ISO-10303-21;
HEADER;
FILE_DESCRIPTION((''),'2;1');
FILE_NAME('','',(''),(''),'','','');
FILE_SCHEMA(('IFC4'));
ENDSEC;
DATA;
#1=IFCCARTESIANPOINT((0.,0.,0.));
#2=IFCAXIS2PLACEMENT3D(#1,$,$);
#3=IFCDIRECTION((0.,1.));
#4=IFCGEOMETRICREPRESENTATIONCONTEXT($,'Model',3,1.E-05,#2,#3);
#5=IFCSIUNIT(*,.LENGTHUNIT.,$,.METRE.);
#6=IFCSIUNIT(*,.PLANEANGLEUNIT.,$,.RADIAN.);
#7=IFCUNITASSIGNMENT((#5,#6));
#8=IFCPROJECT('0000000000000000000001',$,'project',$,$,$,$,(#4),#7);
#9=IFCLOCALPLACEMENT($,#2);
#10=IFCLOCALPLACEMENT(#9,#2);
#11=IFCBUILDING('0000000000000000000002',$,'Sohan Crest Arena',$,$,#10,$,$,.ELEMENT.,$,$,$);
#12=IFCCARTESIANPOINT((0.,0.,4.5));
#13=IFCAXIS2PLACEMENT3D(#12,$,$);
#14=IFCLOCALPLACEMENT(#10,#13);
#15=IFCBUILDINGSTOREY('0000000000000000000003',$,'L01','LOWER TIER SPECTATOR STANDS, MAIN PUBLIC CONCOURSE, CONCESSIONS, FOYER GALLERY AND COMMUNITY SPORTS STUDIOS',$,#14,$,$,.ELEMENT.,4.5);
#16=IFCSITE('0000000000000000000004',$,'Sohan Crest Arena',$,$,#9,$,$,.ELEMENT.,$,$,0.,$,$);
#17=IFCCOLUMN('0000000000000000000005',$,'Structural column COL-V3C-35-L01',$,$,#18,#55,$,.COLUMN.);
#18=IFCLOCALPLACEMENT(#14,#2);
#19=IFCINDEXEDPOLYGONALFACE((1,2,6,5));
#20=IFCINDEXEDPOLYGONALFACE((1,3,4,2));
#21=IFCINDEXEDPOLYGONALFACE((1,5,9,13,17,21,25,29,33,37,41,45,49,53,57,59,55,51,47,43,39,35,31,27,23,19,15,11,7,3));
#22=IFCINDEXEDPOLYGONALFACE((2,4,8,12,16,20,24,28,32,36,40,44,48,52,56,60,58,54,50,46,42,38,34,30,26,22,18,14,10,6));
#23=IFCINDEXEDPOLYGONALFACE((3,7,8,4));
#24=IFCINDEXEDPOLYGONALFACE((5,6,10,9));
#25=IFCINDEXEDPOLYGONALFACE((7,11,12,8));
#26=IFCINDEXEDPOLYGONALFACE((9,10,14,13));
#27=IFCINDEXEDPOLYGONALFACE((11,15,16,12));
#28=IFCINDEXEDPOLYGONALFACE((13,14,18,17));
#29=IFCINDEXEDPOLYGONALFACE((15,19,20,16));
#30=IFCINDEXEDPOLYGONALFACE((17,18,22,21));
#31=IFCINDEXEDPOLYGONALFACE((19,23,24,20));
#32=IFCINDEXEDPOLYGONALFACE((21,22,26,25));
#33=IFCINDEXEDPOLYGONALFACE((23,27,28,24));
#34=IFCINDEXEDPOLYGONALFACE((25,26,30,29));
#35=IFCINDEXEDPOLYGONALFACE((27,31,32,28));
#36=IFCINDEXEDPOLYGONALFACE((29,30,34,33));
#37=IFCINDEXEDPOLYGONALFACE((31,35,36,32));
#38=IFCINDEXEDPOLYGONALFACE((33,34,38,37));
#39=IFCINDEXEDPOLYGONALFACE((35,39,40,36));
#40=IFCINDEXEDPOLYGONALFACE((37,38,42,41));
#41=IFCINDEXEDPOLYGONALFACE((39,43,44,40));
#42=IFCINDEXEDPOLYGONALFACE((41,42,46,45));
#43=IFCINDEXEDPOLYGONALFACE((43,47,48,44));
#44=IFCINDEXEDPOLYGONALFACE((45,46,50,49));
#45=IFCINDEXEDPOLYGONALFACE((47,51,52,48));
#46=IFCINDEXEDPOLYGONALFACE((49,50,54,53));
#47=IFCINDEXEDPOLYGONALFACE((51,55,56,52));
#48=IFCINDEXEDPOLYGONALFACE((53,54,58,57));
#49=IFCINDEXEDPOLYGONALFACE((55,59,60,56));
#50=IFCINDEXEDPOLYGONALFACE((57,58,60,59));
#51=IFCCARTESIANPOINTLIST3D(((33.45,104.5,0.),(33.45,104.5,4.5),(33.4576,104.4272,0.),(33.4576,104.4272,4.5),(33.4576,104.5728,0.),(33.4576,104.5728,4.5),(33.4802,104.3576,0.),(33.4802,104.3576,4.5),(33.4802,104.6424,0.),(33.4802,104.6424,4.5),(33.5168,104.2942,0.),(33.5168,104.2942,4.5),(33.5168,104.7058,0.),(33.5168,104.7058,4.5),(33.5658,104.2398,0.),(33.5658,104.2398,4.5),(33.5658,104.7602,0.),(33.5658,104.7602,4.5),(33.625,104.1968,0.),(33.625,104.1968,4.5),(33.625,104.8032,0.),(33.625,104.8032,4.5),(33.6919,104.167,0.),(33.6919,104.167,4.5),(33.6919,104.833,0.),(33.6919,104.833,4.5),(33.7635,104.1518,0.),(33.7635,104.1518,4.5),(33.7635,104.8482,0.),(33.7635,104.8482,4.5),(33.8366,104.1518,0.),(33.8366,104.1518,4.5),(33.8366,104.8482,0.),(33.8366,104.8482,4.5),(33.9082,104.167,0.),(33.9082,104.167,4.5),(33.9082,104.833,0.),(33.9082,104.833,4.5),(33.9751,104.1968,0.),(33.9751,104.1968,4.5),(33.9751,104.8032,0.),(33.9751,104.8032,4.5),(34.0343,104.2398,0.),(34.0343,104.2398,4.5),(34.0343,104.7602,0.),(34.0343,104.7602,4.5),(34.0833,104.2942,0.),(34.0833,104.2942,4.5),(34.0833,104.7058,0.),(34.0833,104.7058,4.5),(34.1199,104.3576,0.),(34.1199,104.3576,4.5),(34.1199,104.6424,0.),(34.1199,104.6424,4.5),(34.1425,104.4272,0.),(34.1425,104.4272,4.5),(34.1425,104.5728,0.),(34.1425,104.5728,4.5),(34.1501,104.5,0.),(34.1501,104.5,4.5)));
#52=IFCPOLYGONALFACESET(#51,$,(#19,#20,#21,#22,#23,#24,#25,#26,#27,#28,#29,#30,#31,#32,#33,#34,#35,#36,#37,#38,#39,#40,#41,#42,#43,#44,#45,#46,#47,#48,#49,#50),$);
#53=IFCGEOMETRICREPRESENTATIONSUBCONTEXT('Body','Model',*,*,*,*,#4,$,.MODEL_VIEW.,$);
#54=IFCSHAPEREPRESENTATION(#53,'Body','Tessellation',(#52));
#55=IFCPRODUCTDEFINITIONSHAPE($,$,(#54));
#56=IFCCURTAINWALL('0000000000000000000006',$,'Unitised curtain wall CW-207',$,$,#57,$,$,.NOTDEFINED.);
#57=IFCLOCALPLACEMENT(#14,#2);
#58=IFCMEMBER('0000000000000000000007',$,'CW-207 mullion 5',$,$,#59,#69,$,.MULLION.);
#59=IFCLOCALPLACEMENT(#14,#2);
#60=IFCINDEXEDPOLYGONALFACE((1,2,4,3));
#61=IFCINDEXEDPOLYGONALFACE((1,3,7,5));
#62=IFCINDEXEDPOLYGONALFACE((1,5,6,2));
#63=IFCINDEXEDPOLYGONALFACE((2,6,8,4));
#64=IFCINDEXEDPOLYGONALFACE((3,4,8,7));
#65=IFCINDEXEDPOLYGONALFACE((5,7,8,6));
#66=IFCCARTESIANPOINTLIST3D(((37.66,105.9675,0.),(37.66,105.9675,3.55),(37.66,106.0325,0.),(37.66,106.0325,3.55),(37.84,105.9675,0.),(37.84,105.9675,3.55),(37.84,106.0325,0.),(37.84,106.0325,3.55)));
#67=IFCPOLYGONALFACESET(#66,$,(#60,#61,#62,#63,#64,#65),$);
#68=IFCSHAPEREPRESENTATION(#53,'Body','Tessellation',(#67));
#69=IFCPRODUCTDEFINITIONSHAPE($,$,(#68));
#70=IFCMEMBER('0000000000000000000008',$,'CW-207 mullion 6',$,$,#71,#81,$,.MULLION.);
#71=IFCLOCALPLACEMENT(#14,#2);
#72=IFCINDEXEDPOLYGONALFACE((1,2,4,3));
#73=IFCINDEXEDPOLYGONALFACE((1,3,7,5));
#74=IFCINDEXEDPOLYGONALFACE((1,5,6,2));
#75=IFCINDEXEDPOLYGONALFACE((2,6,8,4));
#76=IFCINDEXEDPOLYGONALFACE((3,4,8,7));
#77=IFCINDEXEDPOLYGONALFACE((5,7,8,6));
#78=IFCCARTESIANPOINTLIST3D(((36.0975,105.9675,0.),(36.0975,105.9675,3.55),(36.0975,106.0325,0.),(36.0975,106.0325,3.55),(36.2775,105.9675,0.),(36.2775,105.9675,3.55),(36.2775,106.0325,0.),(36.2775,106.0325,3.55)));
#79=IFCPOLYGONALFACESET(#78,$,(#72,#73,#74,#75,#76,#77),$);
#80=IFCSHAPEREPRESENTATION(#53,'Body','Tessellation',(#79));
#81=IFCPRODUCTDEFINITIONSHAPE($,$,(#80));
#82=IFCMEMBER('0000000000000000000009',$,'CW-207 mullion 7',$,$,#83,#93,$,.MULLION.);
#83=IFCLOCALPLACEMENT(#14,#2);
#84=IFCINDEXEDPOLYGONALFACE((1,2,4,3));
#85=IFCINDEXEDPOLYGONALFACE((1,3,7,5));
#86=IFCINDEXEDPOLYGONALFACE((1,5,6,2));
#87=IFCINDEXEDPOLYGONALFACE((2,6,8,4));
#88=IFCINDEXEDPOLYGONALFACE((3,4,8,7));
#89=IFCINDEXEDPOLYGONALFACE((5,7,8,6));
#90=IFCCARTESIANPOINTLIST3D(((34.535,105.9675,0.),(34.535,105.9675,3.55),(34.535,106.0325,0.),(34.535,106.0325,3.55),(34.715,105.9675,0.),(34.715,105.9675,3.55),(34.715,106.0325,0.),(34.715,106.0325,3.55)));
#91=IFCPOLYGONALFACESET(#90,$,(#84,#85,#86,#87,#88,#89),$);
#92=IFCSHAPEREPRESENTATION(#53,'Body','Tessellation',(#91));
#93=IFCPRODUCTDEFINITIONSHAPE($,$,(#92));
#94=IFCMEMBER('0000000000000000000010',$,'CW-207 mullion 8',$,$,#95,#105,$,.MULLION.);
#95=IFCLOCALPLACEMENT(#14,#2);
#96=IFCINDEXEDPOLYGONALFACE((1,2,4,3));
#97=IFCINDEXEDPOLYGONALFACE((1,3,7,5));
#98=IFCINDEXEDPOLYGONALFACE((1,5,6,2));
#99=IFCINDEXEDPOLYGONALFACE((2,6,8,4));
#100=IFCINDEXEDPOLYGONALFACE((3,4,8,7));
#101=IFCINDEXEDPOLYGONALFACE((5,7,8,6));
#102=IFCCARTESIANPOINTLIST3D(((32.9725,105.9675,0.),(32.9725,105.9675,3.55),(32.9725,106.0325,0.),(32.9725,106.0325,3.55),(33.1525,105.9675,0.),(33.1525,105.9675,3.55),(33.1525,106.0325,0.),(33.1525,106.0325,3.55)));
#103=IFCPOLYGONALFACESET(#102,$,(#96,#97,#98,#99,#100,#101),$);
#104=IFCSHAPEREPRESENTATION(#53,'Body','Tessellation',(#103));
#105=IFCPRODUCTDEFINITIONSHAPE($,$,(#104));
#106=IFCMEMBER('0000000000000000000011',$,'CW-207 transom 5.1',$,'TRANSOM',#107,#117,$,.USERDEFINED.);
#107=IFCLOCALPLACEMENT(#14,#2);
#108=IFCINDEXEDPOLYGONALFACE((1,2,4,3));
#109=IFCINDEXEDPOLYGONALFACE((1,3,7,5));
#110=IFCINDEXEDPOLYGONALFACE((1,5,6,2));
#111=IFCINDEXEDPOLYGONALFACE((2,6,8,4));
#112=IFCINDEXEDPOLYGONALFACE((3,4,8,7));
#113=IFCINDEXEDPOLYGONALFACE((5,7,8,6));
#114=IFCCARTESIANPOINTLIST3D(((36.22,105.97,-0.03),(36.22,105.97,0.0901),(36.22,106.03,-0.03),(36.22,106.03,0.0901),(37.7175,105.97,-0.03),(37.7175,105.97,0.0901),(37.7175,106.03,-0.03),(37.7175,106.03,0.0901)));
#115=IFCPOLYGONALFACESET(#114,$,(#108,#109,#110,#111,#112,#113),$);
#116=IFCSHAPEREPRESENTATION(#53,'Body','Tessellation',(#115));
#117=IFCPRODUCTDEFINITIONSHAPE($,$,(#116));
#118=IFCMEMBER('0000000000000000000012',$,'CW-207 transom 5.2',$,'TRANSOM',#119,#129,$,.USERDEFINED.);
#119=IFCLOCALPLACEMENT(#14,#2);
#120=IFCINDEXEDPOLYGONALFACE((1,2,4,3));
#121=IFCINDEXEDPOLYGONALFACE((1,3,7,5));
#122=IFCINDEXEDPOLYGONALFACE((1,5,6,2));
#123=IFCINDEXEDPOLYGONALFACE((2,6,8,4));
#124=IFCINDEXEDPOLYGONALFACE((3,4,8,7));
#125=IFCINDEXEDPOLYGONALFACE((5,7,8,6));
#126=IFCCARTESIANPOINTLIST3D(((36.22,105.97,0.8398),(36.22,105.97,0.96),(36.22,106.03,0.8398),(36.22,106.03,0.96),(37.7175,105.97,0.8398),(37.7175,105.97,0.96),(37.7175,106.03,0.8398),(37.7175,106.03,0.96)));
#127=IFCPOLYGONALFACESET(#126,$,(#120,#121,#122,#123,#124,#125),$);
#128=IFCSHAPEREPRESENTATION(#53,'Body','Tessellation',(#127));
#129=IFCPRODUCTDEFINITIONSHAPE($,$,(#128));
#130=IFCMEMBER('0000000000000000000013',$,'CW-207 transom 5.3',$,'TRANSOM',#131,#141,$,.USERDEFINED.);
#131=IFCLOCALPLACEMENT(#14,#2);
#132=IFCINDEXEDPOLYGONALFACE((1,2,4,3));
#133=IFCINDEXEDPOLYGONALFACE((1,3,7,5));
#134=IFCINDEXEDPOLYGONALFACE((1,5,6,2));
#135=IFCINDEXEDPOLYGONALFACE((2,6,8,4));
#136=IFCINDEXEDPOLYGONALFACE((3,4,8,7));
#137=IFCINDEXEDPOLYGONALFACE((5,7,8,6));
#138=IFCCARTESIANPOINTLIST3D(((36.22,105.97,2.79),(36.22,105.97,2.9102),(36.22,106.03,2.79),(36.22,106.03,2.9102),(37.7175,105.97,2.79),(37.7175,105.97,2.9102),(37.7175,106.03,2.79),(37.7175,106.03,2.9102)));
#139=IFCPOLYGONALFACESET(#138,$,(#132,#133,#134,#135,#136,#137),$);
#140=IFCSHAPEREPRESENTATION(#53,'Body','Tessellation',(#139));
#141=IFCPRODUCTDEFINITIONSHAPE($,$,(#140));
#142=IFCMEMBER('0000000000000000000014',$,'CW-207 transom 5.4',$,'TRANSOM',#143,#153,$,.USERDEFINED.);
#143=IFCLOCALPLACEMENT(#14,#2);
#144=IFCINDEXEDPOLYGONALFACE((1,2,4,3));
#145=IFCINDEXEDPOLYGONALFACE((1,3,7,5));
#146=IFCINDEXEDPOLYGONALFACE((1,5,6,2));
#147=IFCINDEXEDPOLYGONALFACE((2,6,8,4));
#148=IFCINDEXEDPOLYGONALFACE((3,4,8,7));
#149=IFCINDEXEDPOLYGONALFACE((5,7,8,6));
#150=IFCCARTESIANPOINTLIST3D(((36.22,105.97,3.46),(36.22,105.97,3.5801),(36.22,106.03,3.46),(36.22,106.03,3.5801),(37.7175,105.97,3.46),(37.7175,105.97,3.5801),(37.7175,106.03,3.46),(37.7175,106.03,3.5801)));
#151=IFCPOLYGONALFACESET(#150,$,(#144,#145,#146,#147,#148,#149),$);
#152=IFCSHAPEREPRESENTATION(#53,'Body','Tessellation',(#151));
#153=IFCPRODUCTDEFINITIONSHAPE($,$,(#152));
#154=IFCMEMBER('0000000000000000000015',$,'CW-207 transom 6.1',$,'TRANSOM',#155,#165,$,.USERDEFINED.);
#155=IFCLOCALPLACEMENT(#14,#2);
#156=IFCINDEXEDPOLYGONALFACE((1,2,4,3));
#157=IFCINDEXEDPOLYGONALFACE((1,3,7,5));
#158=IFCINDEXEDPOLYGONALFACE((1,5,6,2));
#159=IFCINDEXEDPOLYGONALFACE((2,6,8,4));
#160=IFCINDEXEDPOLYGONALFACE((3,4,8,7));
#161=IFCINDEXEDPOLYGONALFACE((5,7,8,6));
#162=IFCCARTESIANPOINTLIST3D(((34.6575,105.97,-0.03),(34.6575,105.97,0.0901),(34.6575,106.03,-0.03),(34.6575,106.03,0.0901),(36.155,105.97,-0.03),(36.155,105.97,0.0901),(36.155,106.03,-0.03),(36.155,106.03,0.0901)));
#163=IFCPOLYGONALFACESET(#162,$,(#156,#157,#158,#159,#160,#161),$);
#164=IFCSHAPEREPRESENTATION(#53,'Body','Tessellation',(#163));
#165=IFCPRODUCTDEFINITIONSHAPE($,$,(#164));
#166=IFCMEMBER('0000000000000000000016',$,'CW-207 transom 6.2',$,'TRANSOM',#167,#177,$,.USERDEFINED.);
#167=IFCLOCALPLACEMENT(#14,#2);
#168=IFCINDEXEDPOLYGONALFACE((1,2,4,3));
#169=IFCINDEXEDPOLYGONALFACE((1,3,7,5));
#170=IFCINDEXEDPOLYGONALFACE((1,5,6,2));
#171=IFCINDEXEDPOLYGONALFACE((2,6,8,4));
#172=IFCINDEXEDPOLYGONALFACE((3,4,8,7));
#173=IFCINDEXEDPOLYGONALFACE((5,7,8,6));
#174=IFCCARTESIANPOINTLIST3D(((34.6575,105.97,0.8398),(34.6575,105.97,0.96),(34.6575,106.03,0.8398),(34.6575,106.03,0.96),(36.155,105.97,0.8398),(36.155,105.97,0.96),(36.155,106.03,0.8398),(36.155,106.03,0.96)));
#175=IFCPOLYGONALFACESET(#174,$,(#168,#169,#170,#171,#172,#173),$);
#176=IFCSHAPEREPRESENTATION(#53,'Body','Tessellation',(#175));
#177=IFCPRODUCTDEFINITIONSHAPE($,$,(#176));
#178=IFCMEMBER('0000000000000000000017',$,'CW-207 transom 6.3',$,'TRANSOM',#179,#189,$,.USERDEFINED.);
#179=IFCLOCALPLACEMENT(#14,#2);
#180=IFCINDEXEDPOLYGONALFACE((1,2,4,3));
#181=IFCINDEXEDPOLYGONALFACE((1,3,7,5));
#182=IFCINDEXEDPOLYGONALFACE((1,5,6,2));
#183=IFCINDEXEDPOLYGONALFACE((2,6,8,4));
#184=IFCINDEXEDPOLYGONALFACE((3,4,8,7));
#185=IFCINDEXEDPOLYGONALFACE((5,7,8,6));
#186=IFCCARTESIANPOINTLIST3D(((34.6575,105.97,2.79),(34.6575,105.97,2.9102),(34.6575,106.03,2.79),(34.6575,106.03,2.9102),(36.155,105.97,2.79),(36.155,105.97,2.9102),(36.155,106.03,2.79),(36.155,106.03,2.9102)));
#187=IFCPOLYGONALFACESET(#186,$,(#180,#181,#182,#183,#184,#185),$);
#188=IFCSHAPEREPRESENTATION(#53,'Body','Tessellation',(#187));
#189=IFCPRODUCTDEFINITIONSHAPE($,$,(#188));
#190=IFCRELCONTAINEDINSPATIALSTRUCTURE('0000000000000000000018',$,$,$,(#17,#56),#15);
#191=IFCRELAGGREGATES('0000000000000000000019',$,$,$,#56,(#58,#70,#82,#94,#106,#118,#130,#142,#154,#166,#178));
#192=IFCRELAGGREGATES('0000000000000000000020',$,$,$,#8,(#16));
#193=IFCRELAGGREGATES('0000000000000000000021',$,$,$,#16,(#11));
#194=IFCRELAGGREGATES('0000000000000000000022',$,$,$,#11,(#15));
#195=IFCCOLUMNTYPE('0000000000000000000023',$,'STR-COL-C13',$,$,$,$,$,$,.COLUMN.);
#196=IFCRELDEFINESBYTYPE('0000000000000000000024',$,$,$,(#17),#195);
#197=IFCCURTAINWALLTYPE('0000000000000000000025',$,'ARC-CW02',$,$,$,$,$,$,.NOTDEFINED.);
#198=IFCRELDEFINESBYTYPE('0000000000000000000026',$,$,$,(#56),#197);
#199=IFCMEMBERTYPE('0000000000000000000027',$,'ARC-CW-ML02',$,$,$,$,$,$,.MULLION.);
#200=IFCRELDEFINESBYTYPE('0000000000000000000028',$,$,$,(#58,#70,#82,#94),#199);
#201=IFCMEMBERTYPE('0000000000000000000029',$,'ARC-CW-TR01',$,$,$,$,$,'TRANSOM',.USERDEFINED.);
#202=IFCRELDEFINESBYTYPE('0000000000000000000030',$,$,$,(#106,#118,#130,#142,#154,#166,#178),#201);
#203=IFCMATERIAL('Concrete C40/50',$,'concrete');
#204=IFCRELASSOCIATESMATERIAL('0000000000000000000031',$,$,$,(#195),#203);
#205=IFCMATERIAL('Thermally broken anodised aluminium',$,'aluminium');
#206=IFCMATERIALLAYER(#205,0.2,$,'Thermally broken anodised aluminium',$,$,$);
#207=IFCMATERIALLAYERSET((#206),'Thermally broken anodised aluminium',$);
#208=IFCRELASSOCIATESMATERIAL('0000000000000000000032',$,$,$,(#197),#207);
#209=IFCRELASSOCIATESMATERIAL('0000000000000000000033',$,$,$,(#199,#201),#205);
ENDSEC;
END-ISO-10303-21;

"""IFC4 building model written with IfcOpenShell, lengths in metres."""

from ifc_helpers import new_model, si_unit, direction, frame, origin, origin_2d, place, context, subcontext, project, spatial, rectangle, circle, extrude, material, layer, layer_set, material_profile, profile_set, type_object, element, aggregate, save


model = new_model("IFC4")

# Units and contexts
model_context = context("Model", 3, precision=1e-05, world=origin(), true_north=direction((0.0, 1.0)))
body_context = subcontext(model_context, "Body", "Model", "MODEL_VIEW")
ifc_project = project(units=[si_unit("LENGTHUNIT", "METRE"), si_unit("PLANEANGLEUNIT", "RADIAN")], contexts=[model_context])

# Site, building, storey
site_placement = place(None, origin())
site = spatial("IfcSite", under=ifc_project, at=site_placement, Name="Sohan Crest Arena", CompositionType="ELEMENT", RefElevation=0.0)
building_placement = place(site_placement, origin())
building = spatial("IfcBuilding", under=site, at=building_placement, Name="Sohan Crest Arena", CompositionType="ELEMENT")
storey_placement = place(building_placement, frame((0.0, 0.0, 4.5)))
storey = spatial("IfcBuildingStorey", under=building, at=storey_placement, Name="L01", Description="LOWER TIER SPECTATOR STANDS, MAIN PUBLIC CONCOURSE, CONCESSIONS, FOYER GALLERY AND COMMUNITY SPORTS STUDIOS", CompositionType="ELEMENT", Elevation=4.5)

# Column
ifc_material_1 = material(Name="Concrete C40/50", Category="concrete")
ifc_material_profile_1 = material_profile(ifc_material_1, circle(Radius=0.3501, at=origin_2d()), Name="RC D700")
ifc_profile_set_1 = profile_set([ifc_material_profile_1], Name="Concrete C40/50")
column_type = type_object("IfcColumnType", Name="STR-COL-C13", PredefinedType="COLUMN", material=ifc_profile_set_1)
column_placement = place(storey_placement, frame((33.8, 104.5, 0.0), z_axis=(0.0, 0.0, 1.0), x_axis=(1.0, 0.0, 0.0)))
element("IfcColumn", 1, at=column_placement, inside=storey, type_object=column_type, Name="Structural column COL-V3C-35-L01", PredefinedType="COLUMN", context=body_context, shape_type="SweptSolid", body=[
    extrude(circle(Radius=0.3501, at=origin_2d()), origin(), (0.0, 0.0, 1.0), 4.5),
])

# Curtain wall, members
ifc_material_2 = material(Name="Thermally broken anodised aluminium", Category="aluminium")
ifc_layer_1 = layer(ifc_material_2, 0.2, Name="Thermally broken anodised aluminium")
ifc_layer_set_1 = layer_set([ifc_layer_1], Name="Thermally broken anodised aluminium")
curtain_wall_type = type_object("IfcCurtainWallType", Name="ARC-CW02", PredefinedType="NOTDEFINED", material=ifc_layer_set_1)
curtain_wall_placement = place(storey_placement, origin())
curtain_wall = element("IfcCurtainWall", 2, at=curtain_wall_placement, inside=storey, type_object=curtain_wall_type, Name="Unitised curtain wall CW-207", PredefinedType="NOTDEFINED")
ifc_material_profile_2 = material_profile(ifc_material_2, rectangle(XDim=0.0649, YDim=0.1799, at=origin_2d()), Name="ALU-MULL 65x180")
ifc_profile_set_2 = profile_set([ifc_material_profile_2], Name="Thermally broken anodised aluminium")
member_type_1 = type_object("IfcMemberType", Name="ARC-CW-ML02", PredefinedType="MULLION", material=ifc_profile_set_2)
member_1_placement = place(storey_placement, frame((37.75, 106.0, 0.0), z_axis=(0.0, 0.0, 1.0), x_axis=(0.0, -1.0, 0.0)))
member_1 = element("IfcMember", 3, at=member_1_placement, type_object=member_type_1, Name="CW-207 mullion 5", PredefinedType="MULLION", context=body_context, shape_type="SweptSolid", body=[
    extrude(rectangle(XDim=0.0649, YDim=0.1799, at=origin_2d()), origin(), (0.0, 0.0, 1.0), 3.55),
])
member_2_placement = place(storey_placement, frame((36.1875, 106.0, 0.0), z_axis=(0.0, 0.0, 1.0), x_axis=(0.0, -1.0, 0.0)))
member_2 = element("IfcMember", 4, at=member_2_placement, type_object=member_type_1, Name="CW-207 mullion 6", PredefinedType="MULLION", context=body_context, shape_type="SweptSolid", body=[
    extrude(rectangle(XDim=0.0649, YDim=0.1799, at=origin_2d()), origin(), (0.0, 0.0, 1.0), 3.55),
])
member_3_placement = place(storey_placement, frame((34.625, 106.0, 0.0), z_axis=(0.0, 0.0, 1.0), x_axis=(0.0, -1.0, 0.0)))
member_3 = element("IfcMember", 5, at=member_3_placement, type_object=member_type_1, Name="CW-207 mullion 7", PredefinedType="MULLION", context=body_context, shape_type="SweptSolid", body=[
    extrude(rectangle(XDim=0.0649, YDim=0.1799, at=origin_2d()), origin(), (0.0, 0.0, 1.0), 3.55),
])
member_4_placement = place(storey_placement, frame((33.0625, 106.0, 0.0), z_axis=(0.0, 0.0, 1.0), x_axis=(0.0, -1.0, 0.0)))
member_4 = element("IfcMember", 6, at=member_4_placement, type_object=member_type_1, Name="CW-207 mullion 8", PredefinedType="MULLION", context=body_context, shape_type="SweptSolid", body=[
    extrude(rectangle(XDim=0.0649, YDim=0.1799, at=origin_2d()), origin(), (0.0, 0.0, 1.0), 3.55),
])
ifc_material_profile_3 = material_profile(ifc_material_2, rectangle(XDim=0.0601, YDim=0.1201, at=origin_2d()), Name="ALU-TRAN 60x120")
ifc_profile_set_3 = profile_set([ifc_material_profile_3], Name="Thermally broken anodised aluminium")
member_type_2 = type_object("IfcMemberType", Name="ARC-CW-TR01", ElementType="TRANSOM", PredefinedType="USERDEFINED", material=ifc_profile_set_3)
member_5_placement = place(storey_placement, frame((37.7175, 106.0, 0.03), z_axis=(-1.0, 0.0, 0.0), x_axis=(0.0, -1.0, 0.0)))
member_5 = element("IfcMember", 7, at=member_5_placement, type_object=member_type_2, Name="CW-207 transom 5.1", ObjectType="TRANSOM", PredefinedType="USERDEFINED", context=body_context, shape_type="SweptSolid", body=[
    extrude(rectangle(XDim=0.0601, YDim=0.1201, at=origin_2d()), origin(), (0.0, 0.0, 1.0), 1.4976),
])
member_6_placement = place(storey_placement, frame((37.7175, 106.0, 0.8999), z_axis=(-1.0, 0.0, 0.0), x_axis=(0.0, -1.0, 0.0)))
member_6 = element("IfcMember", 8, at=member_6_placement, type_object=member_type_2, Name="CW-207 transom 5.2", ObjectType="TRANSOM", PredefinedType="USERDEFINED", context=body_context, shape_type="SweptSolid", body=[
    extrude(rectangle(XDim=0.0601, YDim=0.1201, at=origin_2d()), origin(), (0.0, 0.0, 1.0), 1.4976),
])
member_7_placement = place(storey_placement, frame((37.7175, 106.0, 2.8501), z_axis=(-1.0, 0.0, 0.0), x_axis=(0.0, -1.0, 0.0)))
member_7 = element("IfcMember", 9, at=member_7_placement, type_object=member_type_2, Name="CW-207 transom 5.3", ObjectType="TRANSOM", PredefinedType="USERDEFINED", context=body_context, shape_type="SweptSolid", body=[
    extrude(rectangle(XDim=0.0601, YDim=0.1201, at=origin_2d()), origin(), (0.0, 0.0, 1.0), 1.4976),
])
member_8_placement = place(storey_placement, frame((37.7175, 106.0, 3.52), z_axis=(-1.0, 0.0, 0.0), x_axis=(0.0, -1.0, 0.0)))
member_8 = element("IfcMember", 10, at=member_8_placement, type_object=member_type_2, Name="CW-207 transom 5.4", ObjectType="TRANSOM", PredefinedType="USERDEFINED", context=body_context, shape_type="SweptSolid", body=[
    extrude(rectangle(XDim=0.0601, YDim=0.1201, at=origin_2d()), origin(), (0.0, 0.0, 1.0), 1.4976),
])
member_9_placement = place(storey_placement, frame((36.155, 106.0, 0.03), z_axis=(-1.0, 0.0, 0.0), x_axis=(0.0, -1.0, 0.0)))
member_9 = element("IfcMember", 11, at=member_9_placement, type_object=member_type_2, Name="CW-207 transom 6.1", ObjectType="TRANSOM", PredefinedType="USERDEFINED", context=body_context, shape_type="SweptSolid", body=[
    extrude(rectangle(XDim=0.0601, YDim=0.1201, at=origin_2d()), origin(), (0.0, 0.0, 1.0), 1.4976),
])
member_10_placement = place(storey_placement, frame((36.155, 106.0, 0.8999), z_axis=(-1.0, 0.0, 0.0), x_axis=(0.0, -1.0, 0.0)))
member_10 = element("IfcMember", 12, at=member_10_placement, type_object=member_type_2, Name="CW-207 transom 6.2", ObjectType="TRANSOM", PredefinedType="USERDEFINED", context=body_context, shape_type="SweptSolid", body=[
    extrude(rectangle(XDim=0.0601, YDim=0.1201, at=origin_2d()), origin(), (0.0, 0.0, 1.0), 1.4976),
])
member_11_placement = place(storey_placement, frame((36.155, 106.0, 2.8501), z_axis=(-1.0, 0.0, 0.0), x_axis=(0.0, -1.0, 0.0)))
member_11 = element("IfcMember", 13, at=member_11_placement, type_object=member_type_2, Name="CW-207 transom 6.3", ObjectType="TRANSOM", PredefinedType="USERDEFINED", context=body_context, shape_type="SweptSolid", body=[
    extrude(rectangle(XDim=0.0601, YDim=0.1201, at=origin_2d()), origin(), (0.0, 0.0, 1.0), 1.4976),
])

aggregate(curtain_wall, [member_1, member_2, member_3, member_4, member_5, member_6, member_7, member_8, member_9, member_10, member_11])

save(model, "model.ifc")
